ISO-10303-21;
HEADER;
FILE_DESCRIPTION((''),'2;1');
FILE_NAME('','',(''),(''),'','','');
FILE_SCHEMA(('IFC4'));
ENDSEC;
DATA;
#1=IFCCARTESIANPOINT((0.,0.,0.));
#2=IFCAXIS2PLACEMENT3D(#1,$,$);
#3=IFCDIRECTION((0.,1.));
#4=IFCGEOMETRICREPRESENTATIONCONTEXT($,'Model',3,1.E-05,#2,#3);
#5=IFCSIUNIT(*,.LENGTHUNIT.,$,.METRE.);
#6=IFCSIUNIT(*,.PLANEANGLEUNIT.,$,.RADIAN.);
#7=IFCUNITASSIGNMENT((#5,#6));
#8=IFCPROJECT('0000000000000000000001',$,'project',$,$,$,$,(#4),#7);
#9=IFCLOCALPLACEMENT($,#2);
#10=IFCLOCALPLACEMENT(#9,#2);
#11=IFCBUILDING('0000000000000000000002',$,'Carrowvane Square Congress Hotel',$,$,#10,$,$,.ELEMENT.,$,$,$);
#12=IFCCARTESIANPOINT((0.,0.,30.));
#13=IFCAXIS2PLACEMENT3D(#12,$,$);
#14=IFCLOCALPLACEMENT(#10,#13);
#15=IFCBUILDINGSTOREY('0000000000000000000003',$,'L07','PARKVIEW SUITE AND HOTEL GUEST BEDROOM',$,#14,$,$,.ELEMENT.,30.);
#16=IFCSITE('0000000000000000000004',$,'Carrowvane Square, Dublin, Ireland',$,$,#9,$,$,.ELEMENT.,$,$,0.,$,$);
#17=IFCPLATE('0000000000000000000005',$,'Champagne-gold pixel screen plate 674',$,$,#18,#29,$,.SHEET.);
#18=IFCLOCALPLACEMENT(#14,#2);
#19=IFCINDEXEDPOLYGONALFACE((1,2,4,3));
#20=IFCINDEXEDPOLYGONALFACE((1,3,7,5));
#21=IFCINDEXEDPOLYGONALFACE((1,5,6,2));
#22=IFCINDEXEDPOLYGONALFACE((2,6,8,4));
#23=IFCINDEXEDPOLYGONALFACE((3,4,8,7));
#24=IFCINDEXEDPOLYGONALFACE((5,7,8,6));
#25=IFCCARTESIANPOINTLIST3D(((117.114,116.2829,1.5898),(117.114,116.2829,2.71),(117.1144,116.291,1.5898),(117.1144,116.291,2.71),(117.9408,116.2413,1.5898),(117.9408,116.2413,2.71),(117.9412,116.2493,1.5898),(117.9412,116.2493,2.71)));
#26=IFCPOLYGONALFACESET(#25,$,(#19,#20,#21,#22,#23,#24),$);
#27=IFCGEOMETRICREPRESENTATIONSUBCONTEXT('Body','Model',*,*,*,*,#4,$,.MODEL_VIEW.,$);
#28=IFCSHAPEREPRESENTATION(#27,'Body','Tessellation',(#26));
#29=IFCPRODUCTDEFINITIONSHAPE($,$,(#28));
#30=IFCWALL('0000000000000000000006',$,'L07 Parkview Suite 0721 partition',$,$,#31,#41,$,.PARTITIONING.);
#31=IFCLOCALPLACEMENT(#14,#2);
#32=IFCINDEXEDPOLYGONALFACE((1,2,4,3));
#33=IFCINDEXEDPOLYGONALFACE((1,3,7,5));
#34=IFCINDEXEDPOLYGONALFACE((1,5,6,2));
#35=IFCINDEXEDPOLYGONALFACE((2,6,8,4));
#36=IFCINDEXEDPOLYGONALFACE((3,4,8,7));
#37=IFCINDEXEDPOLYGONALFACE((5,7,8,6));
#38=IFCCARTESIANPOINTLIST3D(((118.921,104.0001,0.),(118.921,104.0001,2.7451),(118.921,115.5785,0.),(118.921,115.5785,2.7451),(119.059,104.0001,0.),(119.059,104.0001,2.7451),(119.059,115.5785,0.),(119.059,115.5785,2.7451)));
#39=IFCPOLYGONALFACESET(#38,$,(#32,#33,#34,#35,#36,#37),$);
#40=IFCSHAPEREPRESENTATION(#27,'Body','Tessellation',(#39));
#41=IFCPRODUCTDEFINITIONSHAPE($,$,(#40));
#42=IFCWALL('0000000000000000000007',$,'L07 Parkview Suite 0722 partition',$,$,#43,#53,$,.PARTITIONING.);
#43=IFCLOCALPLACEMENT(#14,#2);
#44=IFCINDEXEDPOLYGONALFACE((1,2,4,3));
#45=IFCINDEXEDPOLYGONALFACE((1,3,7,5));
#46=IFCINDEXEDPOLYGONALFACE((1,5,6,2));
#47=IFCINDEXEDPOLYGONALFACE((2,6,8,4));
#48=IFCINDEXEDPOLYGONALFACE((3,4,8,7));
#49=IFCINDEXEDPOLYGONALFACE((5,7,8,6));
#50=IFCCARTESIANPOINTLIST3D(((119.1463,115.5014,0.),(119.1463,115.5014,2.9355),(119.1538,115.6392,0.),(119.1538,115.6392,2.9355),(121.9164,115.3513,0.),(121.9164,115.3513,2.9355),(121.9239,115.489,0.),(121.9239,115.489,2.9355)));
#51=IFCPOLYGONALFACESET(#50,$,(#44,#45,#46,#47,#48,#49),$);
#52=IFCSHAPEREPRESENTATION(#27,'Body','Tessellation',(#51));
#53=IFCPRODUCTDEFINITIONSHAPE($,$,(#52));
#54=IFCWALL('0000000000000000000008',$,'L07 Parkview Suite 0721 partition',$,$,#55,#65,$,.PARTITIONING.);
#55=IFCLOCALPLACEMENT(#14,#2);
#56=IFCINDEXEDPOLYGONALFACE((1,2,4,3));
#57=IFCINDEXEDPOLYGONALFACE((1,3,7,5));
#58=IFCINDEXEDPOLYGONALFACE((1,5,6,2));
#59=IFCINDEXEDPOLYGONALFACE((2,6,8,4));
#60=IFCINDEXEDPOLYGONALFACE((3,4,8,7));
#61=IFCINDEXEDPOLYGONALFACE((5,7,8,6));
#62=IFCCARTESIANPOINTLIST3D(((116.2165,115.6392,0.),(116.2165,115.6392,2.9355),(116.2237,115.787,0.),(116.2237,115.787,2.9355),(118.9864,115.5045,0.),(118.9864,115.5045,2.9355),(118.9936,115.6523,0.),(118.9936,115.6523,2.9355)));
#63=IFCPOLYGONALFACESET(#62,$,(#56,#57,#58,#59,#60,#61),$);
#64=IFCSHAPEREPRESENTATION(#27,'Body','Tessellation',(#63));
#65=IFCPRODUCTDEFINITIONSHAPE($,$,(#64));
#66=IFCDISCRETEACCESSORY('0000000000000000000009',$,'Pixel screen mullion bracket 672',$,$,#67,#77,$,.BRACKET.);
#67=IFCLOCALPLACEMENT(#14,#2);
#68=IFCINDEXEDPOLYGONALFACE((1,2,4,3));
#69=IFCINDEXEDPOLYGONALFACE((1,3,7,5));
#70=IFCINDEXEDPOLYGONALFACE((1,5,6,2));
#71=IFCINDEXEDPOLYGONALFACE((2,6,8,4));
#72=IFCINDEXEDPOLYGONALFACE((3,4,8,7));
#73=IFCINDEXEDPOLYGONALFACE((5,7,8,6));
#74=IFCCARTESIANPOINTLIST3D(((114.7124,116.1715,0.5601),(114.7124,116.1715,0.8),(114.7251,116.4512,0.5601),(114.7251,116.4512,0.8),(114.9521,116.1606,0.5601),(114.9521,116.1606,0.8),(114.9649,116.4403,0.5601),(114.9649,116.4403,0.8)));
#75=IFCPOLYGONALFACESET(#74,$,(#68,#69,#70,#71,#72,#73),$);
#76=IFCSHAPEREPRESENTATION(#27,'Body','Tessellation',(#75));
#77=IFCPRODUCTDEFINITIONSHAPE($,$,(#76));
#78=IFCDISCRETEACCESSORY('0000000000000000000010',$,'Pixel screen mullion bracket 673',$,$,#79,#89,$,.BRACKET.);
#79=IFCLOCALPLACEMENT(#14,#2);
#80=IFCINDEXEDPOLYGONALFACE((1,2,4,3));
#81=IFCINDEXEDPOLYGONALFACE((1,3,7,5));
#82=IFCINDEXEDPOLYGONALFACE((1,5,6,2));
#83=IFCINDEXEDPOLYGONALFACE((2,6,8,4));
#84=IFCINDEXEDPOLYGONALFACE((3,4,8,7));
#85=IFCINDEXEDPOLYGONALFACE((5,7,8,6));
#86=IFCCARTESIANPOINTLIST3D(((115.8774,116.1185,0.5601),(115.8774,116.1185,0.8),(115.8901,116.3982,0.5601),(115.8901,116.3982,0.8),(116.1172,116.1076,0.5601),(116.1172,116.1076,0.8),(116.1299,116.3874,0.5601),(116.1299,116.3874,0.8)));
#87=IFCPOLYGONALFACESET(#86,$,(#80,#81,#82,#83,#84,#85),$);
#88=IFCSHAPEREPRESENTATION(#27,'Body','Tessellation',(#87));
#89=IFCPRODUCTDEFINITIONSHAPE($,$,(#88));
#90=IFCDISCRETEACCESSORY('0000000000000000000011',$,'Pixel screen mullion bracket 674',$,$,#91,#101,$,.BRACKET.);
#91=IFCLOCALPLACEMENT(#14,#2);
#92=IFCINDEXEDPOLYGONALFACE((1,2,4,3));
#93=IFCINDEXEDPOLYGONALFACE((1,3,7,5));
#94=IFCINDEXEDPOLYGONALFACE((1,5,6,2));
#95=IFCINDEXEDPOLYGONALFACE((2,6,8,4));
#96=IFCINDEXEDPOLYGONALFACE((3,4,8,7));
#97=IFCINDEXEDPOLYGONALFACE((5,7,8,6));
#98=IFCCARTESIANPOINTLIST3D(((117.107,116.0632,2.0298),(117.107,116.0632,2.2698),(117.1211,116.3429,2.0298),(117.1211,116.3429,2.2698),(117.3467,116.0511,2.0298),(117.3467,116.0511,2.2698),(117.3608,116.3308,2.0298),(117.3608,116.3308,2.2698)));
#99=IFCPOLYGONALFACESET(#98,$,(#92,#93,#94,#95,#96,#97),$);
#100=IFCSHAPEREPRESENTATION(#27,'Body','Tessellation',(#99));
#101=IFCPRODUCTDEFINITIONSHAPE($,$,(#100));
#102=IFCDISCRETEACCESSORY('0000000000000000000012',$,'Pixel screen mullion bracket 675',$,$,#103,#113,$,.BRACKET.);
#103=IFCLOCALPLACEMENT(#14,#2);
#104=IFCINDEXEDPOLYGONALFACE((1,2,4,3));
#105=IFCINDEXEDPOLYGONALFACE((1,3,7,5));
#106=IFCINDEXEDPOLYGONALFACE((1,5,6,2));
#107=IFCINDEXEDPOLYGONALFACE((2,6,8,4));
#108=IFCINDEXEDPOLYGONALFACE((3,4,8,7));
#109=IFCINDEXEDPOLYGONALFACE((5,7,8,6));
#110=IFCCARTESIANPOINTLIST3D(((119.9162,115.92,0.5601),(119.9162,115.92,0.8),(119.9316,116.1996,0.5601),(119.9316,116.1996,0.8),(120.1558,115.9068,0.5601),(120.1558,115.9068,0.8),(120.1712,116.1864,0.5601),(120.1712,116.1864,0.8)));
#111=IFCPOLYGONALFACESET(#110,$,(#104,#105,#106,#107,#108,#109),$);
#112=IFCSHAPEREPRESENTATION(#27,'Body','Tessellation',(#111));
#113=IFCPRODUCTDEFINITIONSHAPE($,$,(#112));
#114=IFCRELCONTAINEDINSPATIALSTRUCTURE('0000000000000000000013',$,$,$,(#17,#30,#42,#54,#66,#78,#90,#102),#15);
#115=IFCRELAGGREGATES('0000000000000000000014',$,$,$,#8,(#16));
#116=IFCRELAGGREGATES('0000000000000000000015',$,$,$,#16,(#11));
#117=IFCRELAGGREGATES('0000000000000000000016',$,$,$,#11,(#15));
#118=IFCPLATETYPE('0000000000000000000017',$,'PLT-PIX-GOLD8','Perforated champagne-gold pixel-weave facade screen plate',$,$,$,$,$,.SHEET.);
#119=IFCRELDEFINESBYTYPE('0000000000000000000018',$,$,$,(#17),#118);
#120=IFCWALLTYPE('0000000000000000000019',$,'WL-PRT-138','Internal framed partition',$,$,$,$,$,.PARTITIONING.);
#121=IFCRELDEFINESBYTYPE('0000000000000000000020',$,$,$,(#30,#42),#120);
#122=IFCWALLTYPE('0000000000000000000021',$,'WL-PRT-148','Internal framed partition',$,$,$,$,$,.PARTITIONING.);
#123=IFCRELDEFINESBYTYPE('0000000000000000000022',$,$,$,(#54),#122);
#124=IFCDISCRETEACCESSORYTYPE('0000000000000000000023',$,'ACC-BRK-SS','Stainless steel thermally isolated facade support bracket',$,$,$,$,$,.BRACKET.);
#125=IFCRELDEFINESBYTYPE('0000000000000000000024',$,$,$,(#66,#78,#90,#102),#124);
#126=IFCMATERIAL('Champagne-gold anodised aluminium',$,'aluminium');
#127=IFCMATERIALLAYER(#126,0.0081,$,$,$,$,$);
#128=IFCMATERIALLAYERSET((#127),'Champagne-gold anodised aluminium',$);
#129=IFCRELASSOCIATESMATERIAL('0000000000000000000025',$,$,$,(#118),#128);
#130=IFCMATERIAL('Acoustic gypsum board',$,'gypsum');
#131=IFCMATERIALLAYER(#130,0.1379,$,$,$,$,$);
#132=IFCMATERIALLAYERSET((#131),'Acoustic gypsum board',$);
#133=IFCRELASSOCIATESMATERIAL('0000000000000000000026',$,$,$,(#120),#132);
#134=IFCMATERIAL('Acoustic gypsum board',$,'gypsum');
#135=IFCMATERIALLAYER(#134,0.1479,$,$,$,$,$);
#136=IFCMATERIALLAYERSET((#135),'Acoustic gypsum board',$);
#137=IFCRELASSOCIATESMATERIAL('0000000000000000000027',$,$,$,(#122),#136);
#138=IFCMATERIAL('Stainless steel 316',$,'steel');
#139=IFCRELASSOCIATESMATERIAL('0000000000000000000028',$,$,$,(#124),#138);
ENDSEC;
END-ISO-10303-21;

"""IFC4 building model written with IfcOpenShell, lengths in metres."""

from ifc_helpers import new_model, si_unit, direction, frame, frame_2d, origin, origin_2d, place, context, subcontext, project, spatial, rectangle, extrude, material, layer, layer_set, type_object, element, save


model = new_model("IFC4")

# Units and contexts
model_context = context("Model", 3, precision=1e-05, world=origin(), true_north=direction((0.0, 1.0)))
body_context = subcontext(model_context, "Body", "Model", "MODEL_VIEW")
ifc_project = project(units=[si_unit("LENGTHUNIT", "METRE"), si_unit("PLANEANGLEUNIT", "RADIAN")], contexts=[model_context])

# Site, building, storey
site_placement = place(None, origin())
site = spatial("IfcSite", under=ifc_project, at=site_placement, Name="Carrowvane Square, Dublin, Ireland", CompositionType="ELEMENT", RefElevation=0.0)
building_placement = place(site_placement, origin())
building = spatial("IfcBuilding", under=site, at=building_placement, Name="Carrowvane Square Congress Hotel", CompositionType="ELEMENT")
storey_placement = place(building_placement, frame((0.0, 0.0, 30.0)))
storey = spatial("IfcBuildingStorey", under=building, at=storey_placement, Name="L07", Description="PARKVIEW SUITE AND HOTEL GUEST BEDROOM", CompositionType="ELEMENT", Elevation=30.0)

# Plate
ifc_material_1 = material(Name="Champagne-gold anodised aluminium", Category="aluminium")
ifc_layer_1 = layer(ifc_material_1, 0.0081)
ifc_layer_set_1 = layer_set([ifc_layer_1], Name="Champagne-gold anodised aluminium")
plate_type_1 = type_object("IfcPlateType", Name="PLT-PIX-GOLD8", Description="Perforated champagne-gold pixel-weave facade screen plate", PredefinedType="SHEET", material=ifc_layer_set_1)
plate_1_placement = place(storey_placement, frame((117.5276, 116.2661, 1.5898), z_axis=(0.0, 0.0, 1.0), x_axis=(0.998733, -0.050322, 0.0)))
element("IfcPlate", 1, at=plate_1_placement, inside=storey, type_object=plate_type_1, Name="Champagne-gold pixel screen plate 674", PredefinedType="SHEET", context=body_context, shape_type="SweptSolid", body=[
    extrude(rectangle(XDim=0.8279, YDim=0.0081, at=origin_2d()), origin(), (0.0, 0.0, 1.0), 1.1201),
])

# Walls
ifc_material_2 = material(Name="Acoustic gypsum board", Category="gypsum")
ifc_layer_2 = layer(ifc_material_2, 0.1379)
ifc_layer_set_2 = layer_set([ifc_layer_2], Name="Acoustic gypsum board")
wall_type_1 = type_object("IfcWallType", Name="WL-PRT-138", Description="Internal framed partition", PredefinedType="PARTITIONING", material=ifc_layer_set_2)
wall_1_placement = place(storey_placement, frame((118.99, 115.5784, 0.0), z_axis=(0.0, 0.0, 1.0), x_axis=(0.0, -1.0, 0.0)))
element("IfcWall", 2, at=wall_1_placement, inside=storey, type_object=wall_type_1, Name="L07 Parkview Suite 0721 partition", PredefinedType="PARTITIONING", context=body_context, shape_type="SweptSolid", body=[
    extrude(rectangle(XDim=11.5784, YDim=0.1379, at=frame_2d((5.7891, 0.0))), origin(), (0.0, 0.0, 1.0), 2.7451),
])
wall_2_placement = place(storey_placement, frame((119.1499, 115.5703, 0.0), z_axis=(0.0, 0.0, 1.0), x_axis=(0.998534, -0.054125, 0.0)))
element("IfcWall", 3, at=wall_2_placement, inside=storey, type_object=wall_type_1, Name="L07 Parkview Suite 0722 partition", PredefinedType="PARTITIONING", context=body_context, shape_type="SweptSolid", body=[
    extrude(rectangle(XDim=2.7742, YDim=0.1379, at=frame_2d((1.3872, 0.0))), origin(), (0.0, 0.0, 1.0), 2.9355),
])
ifc_material_3 = material(Name="Acoustic gypsum board", Category="gypsum")
ifc_layer_3 = layer(ifc_material_3, 0.1479)
ifc_layer_set_3 = layer_set([ifc_layer_3], Name="Acoustic gypsum board")
wall_type_2 = type_object("IfcWallType", Name="WL-PRT-148", Description="Internal framed partition", PredefinedType="PARTITIONING", material=ifc_layer_set_3)
wall_3_placement = place(storey_placement, frame((116.22, 115.7131, 0.0), z_axis=(0.0, 0.0, 1.0), x_axis=(0.998819, -0.048594, 0.0)))
element("IfcWall", 4, at=wall_3_placement, inside=storey, type_object=wall_type_2, Name="L07 Parkview Suite 0721 partition", PredefinedType="PARTITIONING", context=body_context, shape_type="SweptSolid", body=[
    extrude(rectangle(XDim=2.7732, YDim=0.1479, at=frame_2d((1.3867, 0.0))), origin(), (0.0, 0.0, 1.0), 2.9355),
])

# Discrete accessories
ifc_material_4 = material(Name="Stainless steel 316", Category="steel")
discrete_accessory_type = type_object("IfcDiscreteAccessoryType", Name="ACC-BRK-SS", Description="Stainless steel thermally isolated facade support bracket", PredefinedType="BRACKET", material=ifc_material_4)
for number, where, z_axis, x_axis, name in (
    (5, (114.8386, 116.3059, 0.5601), (0.0, 0.0, 1.0), (0.998968, -0.045414, 0.0), "Pixel screen mullion bracket 672"),
    (6, (116.0037, 116.2529, 0.5601), (0.0, 0.0, 1.0), (0.998968, -0.045414, 0.0), "Pixel screen mullion bracket 673"),
    (7, (117.2339, 116.197, 2.0298), (0.0, 0.0, 1.0), (0.998733, -0.050322, 0.0), "Pixel screen mullion bracket 674"),
    (8, (120.0437, 116.0532, 0.5601), (0.0, 0.0, 1.0), (0.998497, -0.054815, 0.0), "Pixel screen mullion bracket 675"),
):
    element("IfcDiscreteAccessory", number, at=place(storey_placement, frame(where, z_axis=z_axis, x_axis=x_axis)), inside=storey, type_object=discrete_accessory_type, Name=name, PredefinedType="BRACKET", context=body_context, shape_type="SweptSolid", body=[
        extrude(rectangle(XDim=0.24, YDim=0.28, at=origin_2d()), origin(), (0.0, 0.0, 1.0), 0.24),
    ])

save(model, "model.ifc")
